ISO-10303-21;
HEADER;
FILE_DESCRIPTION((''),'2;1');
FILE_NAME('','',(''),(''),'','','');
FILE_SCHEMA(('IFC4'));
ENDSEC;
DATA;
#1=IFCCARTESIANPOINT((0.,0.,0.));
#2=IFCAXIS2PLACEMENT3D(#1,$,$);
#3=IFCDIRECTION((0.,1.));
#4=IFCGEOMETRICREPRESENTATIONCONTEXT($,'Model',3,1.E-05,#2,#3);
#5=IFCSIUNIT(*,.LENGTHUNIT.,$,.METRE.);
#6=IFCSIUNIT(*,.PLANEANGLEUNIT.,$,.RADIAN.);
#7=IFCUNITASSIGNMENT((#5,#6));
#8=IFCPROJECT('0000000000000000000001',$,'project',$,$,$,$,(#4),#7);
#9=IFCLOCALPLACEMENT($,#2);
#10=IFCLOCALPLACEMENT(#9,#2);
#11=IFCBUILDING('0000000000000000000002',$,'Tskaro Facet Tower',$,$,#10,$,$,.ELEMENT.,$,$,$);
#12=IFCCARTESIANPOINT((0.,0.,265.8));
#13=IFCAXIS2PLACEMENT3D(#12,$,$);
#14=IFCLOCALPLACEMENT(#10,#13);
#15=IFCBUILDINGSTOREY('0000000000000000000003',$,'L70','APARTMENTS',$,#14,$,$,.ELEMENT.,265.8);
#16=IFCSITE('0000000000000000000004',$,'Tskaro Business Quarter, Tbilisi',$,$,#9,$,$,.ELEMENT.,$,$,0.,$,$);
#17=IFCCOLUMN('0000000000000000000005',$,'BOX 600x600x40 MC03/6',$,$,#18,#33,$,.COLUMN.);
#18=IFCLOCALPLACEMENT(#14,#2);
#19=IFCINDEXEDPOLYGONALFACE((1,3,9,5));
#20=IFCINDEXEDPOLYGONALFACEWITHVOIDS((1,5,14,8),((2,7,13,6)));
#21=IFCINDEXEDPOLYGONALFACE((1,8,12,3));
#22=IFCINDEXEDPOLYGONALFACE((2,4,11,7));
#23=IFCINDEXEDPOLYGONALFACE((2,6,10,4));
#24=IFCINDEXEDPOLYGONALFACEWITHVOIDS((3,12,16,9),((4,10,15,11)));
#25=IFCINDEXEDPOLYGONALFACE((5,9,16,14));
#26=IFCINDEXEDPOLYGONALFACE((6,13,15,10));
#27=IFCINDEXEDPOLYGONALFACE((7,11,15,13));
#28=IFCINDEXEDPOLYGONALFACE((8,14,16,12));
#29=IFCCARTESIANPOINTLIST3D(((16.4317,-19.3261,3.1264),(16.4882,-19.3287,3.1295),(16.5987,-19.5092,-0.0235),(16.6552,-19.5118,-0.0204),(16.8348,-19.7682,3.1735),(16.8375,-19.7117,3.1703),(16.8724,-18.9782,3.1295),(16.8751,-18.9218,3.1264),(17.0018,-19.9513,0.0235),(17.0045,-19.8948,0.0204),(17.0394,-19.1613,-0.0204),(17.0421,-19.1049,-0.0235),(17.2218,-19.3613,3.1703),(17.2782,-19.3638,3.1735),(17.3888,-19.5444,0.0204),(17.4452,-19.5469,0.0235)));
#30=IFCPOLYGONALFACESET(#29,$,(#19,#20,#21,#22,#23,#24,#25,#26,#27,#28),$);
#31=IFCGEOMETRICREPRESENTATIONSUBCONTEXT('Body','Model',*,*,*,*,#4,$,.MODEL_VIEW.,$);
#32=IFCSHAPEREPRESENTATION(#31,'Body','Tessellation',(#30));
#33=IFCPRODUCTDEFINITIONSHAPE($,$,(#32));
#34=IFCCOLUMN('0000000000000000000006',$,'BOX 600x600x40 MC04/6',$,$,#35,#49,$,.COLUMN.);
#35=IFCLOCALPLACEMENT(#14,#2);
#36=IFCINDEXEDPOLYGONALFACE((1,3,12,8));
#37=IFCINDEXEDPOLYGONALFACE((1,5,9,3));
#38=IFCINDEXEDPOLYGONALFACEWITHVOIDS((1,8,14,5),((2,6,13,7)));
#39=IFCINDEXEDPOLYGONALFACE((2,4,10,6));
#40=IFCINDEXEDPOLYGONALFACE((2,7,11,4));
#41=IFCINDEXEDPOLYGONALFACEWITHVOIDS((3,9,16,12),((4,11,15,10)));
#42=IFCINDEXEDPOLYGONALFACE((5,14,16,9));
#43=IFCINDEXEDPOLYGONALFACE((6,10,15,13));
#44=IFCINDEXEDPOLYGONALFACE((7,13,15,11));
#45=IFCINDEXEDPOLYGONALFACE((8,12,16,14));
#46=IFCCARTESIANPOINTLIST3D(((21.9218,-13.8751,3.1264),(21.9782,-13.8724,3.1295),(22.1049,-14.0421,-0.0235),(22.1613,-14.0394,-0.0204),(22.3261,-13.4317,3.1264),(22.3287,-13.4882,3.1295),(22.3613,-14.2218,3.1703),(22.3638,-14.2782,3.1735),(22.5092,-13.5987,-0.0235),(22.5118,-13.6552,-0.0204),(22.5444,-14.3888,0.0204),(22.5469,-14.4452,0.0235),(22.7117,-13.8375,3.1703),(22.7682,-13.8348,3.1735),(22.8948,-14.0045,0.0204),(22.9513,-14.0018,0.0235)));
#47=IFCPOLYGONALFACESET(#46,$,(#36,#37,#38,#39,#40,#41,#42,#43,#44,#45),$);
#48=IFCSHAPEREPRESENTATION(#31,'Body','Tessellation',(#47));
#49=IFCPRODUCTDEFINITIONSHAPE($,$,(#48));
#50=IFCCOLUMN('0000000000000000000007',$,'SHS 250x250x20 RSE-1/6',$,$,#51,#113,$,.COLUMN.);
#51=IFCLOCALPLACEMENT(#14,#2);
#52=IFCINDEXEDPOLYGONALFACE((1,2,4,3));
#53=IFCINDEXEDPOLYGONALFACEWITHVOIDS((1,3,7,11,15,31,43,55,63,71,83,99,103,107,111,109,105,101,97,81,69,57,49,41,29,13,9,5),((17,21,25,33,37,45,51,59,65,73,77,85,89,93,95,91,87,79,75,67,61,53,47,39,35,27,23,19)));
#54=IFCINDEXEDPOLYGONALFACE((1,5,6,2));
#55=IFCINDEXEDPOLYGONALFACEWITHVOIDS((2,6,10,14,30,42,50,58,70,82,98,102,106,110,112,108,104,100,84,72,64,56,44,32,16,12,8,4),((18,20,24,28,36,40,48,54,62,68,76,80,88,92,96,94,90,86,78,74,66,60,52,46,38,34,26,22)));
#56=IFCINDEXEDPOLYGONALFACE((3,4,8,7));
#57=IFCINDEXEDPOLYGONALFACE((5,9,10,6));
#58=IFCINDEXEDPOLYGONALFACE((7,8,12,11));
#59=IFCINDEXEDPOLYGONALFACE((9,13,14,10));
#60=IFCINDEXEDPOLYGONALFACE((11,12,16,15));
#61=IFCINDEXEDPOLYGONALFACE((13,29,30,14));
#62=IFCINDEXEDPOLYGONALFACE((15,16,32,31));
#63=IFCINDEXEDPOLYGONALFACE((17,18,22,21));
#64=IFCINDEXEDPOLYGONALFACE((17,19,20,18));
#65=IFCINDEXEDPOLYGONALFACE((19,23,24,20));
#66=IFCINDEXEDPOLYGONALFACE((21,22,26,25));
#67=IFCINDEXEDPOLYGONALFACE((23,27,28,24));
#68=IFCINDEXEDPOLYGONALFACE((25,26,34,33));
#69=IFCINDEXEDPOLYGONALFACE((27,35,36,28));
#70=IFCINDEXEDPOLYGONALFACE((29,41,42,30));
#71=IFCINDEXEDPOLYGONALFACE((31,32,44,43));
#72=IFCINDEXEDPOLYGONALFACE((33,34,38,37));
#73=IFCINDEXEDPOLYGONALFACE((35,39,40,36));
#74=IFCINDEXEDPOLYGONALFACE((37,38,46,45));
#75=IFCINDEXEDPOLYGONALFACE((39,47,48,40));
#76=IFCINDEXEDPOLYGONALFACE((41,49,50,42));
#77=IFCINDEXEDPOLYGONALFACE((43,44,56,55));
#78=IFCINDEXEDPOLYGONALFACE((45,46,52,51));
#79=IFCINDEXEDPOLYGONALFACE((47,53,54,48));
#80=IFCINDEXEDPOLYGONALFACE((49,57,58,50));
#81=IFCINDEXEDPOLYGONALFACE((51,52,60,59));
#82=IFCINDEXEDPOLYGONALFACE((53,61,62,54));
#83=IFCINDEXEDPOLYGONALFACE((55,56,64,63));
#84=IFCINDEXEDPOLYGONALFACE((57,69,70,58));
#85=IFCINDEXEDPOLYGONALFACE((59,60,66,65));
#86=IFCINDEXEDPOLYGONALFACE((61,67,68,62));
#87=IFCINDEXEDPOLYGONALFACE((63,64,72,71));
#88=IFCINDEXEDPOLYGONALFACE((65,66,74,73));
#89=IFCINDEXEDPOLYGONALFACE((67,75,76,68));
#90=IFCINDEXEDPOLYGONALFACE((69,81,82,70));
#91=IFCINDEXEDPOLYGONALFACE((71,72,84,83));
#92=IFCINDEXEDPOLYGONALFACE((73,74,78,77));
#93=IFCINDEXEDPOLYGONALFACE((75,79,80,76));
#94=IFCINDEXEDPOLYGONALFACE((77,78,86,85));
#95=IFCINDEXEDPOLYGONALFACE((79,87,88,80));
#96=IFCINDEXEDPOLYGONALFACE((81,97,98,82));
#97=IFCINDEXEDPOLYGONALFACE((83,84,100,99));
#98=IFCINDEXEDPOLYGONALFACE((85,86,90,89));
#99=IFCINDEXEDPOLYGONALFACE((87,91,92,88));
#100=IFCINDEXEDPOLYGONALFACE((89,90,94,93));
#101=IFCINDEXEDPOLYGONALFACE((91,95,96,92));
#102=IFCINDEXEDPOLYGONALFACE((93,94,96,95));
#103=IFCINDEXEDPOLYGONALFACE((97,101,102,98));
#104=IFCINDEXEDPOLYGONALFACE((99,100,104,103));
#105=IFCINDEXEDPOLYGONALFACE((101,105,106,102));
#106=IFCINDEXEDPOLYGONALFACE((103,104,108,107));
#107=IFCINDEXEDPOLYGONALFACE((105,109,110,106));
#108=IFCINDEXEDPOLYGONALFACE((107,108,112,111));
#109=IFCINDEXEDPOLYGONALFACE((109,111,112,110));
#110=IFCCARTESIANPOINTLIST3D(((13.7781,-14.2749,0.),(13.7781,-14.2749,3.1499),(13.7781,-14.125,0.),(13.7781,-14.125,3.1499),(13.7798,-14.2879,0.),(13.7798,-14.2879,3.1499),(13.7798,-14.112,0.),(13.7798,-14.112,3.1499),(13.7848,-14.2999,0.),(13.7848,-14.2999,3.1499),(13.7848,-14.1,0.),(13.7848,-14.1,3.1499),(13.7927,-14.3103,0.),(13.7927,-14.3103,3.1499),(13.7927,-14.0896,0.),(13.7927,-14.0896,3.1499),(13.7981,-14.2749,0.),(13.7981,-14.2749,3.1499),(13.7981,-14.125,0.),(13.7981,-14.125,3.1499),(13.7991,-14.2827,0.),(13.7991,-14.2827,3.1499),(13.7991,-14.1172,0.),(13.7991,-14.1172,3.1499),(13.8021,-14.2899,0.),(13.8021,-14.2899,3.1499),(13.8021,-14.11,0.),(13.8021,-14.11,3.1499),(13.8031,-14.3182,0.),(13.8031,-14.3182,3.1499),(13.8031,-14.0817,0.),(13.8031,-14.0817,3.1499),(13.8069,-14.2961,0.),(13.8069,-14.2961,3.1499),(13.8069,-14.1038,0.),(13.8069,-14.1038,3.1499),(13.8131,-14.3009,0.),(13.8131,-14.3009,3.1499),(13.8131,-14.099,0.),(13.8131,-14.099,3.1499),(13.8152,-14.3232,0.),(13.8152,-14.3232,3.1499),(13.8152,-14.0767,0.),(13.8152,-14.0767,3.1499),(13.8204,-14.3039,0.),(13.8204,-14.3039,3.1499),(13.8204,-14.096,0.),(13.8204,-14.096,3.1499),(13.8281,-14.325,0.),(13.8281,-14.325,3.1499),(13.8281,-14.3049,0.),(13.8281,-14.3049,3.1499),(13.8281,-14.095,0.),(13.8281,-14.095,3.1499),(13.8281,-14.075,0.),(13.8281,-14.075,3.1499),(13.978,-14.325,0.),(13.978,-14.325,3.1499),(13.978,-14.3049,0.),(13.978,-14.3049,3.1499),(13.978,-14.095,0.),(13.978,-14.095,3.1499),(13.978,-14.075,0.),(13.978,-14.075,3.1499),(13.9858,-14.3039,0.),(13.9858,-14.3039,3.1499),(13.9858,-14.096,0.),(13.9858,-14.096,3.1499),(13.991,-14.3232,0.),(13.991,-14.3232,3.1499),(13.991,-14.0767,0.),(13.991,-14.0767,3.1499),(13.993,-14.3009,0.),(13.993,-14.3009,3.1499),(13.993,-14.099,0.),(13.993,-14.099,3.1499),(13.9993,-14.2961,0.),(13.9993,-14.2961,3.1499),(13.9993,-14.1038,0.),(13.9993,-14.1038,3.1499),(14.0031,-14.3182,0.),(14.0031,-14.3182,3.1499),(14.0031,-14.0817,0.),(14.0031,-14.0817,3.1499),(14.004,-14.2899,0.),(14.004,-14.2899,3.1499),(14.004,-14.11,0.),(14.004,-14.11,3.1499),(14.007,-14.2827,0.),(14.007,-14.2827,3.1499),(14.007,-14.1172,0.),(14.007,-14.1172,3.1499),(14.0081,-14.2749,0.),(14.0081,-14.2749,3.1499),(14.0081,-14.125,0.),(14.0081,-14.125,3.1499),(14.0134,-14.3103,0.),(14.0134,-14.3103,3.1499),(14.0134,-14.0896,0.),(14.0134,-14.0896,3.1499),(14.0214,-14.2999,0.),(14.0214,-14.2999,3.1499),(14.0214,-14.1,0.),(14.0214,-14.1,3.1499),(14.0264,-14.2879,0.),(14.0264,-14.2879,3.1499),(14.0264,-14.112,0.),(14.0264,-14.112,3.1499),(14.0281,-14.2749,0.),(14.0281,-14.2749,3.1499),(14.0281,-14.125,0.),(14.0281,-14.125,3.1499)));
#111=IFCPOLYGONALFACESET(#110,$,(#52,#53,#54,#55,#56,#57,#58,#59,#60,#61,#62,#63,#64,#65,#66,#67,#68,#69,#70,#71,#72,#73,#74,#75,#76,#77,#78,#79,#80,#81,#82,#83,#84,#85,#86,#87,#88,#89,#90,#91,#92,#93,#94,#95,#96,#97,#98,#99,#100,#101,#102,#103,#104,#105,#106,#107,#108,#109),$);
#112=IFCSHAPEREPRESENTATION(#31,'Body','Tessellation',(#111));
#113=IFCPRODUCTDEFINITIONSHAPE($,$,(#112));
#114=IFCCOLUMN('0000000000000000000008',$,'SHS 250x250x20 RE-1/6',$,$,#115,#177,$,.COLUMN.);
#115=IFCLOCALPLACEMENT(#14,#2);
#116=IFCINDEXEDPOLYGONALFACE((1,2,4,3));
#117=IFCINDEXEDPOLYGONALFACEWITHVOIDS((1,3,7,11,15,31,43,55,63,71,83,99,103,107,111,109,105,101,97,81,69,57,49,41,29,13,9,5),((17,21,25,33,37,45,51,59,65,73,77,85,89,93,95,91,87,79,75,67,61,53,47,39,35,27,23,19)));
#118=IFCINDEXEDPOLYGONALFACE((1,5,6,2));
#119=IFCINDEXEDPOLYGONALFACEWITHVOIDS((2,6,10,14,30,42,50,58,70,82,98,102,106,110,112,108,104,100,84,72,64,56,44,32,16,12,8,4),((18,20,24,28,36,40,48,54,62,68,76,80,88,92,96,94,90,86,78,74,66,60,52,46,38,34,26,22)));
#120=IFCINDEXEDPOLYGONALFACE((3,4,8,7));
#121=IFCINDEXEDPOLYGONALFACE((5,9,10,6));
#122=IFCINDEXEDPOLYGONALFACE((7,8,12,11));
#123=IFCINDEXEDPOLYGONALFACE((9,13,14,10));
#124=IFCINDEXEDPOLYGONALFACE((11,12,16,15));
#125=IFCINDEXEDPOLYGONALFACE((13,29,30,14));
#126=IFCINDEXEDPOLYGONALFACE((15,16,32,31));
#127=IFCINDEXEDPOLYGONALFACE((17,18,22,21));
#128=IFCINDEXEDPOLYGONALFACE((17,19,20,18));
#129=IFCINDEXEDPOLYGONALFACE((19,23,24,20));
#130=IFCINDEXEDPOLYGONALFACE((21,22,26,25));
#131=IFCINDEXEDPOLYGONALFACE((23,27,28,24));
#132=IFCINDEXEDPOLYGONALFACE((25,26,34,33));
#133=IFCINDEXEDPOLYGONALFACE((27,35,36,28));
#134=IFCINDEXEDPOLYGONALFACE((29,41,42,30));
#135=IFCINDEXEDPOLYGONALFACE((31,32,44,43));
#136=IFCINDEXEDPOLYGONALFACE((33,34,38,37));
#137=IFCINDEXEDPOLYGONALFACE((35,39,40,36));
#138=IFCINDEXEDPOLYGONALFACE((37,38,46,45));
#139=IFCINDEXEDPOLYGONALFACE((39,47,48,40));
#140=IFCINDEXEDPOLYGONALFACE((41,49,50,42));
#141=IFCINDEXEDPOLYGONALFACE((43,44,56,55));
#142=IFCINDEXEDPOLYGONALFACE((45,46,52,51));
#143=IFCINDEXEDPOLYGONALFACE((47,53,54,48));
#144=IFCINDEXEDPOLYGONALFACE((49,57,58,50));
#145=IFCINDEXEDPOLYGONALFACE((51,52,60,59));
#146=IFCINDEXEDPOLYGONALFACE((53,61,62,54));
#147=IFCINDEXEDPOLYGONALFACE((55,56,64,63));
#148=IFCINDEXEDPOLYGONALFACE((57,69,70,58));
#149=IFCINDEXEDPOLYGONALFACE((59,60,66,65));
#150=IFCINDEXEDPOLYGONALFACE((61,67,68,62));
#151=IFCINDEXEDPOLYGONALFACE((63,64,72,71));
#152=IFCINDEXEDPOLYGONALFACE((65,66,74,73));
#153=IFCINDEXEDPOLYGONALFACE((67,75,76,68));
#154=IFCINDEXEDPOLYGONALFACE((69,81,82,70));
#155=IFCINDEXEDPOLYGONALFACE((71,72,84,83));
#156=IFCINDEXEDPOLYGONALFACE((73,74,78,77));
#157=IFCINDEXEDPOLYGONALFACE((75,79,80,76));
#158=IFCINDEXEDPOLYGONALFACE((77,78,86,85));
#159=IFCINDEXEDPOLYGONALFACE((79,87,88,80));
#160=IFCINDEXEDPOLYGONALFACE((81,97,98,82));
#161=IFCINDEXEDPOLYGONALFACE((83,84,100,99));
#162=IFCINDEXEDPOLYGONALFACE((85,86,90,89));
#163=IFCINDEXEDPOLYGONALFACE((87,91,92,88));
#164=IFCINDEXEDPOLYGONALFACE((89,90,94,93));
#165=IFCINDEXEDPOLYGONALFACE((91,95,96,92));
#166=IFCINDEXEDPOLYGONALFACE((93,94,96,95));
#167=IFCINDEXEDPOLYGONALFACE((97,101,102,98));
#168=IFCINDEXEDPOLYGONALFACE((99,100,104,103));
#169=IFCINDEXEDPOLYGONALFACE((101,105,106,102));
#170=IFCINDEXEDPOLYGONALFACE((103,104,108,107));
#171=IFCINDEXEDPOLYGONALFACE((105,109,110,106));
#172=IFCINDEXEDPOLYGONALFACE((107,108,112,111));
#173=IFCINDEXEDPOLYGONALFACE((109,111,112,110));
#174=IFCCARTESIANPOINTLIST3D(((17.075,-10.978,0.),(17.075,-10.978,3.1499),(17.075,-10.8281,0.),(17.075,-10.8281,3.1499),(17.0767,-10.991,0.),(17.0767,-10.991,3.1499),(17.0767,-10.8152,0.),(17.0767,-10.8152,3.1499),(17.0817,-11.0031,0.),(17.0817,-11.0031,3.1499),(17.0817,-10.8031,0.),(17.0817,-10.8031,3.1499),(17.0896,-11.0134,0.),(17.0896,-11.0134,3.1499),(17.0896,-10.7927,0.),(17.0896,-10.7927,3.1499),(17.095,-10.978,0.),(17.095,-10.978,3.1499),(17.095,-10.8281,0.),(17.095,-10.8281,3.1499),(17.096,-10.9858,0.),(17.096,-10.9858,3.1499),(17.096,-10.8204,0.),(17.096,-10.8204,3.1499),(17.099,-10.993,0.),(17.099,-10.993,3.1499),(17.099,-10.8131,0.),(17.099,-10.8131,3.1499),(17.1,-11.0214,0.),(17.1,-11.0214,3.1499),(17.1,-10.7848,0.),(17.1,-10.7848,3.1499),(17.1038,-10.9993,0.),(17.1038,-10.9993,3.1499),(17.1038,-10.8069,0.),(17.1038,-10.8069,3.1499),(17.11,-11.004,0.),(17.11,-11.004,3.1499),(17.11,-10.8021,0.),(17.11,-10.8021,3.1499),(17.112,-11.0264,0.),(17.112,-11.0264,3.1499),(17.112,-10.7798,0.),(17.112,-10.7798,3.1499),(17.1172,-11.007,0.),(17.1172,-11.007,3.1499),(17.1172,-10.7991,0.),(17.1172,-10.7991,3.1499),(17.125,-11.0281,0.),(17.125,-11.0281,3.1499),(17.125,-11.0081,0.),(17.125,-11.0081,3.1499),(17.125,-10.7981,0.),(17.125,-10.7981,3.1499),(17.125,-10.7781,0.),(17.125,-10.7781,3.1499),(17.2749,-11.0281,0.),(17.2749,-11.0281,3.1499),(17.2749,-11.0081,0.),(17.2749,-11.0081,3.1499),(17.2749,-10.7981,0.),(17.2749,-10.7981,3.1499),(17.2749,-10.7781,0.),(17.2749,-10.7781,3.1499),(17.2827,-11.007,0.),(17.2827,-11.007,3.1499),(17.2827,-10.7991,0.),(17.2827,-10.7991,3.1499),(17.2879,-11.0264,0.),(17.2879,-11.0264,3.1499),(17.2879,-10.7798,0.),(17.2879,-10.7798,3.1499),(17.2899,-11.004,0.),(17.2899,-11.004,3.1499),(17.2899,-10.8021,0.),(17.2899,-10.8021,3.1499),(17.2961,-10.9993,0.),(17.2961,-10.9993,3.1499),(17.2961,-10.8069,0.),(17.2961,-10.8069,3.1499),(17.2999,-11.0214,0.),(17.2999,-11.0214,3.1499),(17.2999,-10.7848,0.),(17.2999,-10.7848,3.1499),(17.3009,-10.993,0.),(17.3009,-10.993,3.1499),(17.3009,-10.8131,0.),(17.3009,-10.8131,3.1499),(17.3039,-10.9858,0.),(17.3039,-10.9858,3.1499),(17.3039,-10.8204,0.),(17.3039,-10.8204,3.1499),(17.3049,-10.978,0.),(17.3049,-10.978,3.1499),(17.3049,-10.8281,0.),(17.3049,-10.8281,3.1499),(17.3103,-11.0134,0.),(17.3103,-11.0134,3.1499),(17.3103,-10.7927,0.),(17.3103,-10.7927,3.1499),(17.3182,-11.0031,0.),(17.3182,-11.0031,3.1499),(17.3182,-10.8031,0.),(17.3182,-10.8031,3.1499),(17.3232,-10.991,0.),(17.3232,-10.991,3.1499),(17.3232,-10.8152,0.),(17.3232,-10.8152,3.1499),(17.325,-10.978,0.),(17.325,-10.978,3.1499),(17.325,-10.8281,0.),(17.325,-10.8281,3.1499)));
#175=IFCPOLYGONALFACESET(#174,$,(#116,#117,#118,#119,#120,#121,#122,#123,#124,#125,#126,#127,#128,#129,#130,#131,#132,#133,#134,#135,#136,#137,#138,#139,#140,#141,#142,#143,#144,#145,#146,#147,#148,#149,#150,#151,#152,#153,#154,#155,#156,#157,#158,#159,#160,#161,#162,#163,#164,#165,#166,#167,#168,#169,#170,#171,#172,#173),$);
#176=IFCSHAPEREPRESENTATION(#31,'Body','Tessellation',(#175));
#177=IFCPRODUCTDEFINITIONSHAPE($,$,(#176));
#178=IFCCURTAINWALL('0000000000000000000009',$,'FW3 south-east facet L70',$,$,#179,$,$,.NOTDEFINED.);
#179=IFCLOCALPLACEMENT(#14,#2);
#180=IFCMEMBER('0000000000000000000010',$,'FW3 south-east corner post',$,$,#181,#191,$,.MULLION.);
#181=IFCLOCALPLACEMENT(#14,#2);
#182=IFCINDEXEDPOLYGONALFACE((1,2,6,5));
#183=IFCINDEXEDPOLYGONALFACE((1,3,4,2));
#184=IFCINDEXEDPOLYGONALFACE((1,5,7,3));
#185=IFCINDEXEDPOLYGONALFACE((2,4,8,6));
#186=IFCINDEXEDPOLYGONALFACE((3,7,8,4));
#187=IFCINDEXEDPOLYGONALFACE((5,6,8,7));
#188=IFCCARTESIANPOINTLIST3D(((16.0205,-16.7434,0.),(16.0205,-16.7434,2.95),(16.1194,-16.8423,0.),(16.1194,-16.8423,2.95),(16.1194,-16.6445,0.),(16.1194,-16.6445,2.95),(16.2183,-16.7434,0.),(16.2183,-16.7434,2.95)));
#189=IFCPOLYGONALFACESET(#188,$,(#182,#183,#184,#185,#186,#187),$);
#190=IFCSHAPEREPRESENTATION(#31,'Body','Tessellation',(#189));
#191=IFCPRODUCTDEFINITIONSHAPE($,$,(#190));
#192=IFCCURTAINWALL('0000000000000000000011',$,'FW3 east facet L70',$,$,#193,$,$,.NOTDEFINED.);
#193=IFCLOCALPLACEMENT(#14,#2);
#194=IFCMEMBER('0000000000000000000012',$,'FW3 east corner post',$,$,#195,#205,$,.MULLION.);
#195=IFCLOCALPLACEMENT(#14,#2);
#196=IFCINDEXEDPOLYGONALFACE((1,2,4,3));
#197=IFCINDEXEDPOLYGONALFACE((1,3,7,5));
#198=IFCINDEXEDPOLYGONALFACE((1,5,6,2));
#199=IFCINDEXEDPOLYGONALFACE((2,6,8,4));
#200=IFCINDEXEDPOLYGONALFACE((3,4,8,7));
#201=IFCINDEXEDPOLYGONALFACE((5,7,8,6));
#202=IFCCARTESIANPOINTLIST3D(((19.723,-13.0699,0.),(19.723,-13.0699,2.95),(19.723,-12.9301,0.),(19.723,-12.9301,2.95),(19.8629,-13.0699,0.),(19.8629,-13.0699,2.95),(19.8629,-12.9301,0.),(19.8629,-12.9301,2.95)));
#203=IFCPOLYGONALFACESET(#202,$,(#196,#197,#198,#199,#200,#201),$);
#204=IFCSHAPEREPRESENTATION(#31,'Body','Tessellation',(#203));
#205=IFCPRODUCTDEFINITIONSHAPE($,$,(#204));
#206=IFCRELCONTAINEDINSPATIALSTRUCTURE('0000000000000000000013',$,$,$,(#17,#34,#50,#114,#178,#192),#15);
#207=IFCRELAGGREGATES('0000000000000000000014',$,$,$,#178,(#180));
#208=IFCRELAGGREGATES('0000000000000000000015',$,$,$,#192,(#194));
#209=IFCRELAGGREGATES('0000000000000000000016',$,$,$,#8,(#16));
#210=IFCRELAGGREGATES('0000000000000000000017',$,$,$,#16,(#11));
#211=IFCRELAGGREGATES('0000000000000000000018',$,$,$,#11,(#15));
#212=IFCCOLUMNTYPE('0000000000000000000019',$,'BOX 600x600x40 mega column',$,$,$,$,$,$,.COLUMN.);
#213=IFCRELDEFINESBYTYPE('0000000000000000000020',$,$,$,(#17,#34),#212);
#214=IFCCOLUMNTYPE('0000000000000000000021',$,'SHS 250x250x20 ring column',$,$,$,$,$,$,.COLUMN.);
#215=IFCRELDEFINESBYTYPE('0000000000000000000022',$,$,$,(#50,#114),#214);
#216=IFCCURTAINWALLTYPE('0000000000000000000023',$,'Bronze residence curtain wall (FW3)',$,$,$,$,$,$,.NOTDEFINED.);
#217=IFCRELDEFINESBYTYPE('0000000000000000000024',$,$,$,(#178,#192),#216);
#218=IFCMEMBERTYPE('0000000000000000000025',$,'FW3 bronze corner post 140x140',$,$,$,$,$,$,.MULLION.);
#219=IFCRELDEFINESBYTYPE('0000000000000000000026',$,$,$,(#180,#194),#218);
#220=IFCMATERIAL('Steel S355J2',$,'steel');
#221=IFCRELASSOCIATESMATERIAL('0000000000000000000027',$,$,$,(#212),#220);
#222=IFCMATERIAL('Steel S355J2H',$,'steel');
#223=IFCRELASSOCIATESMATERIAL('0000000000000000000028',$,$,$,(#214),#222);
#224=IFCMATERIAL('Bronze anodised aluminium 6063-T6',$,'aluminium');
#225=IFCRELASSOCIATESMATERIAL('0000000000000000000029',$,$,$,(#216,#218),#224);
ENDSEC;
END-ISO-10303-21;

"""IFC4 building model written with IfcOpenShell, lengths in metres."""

from ifc_helpers import new_model, si_unit, direction, frame, origin, origin_2d, place, context, subcontext, project, spatial, rectangle, hollow_rectangle, extrude, material, material_profile, profile_set, type_object, element, aggregate, save


model = new_model("IFC4")

# Units and contexts
model_context = context("Model", 3, precision=1e-05, world=origin(), true_north=direction((0.0, 1.0)))
body_context = subcontext(model_context, "Body", "Model", "MODEL_VIEW")
ifc_project = project(units=[si_unit("LENGTHUNIT", "METRE"), si_unit("PLANEANGLEUNIT", "RADIAN")], contexts=[model_context])

# Site, building, storey
site_placement = place(None, origin())
site = spatial("IfcSite", under=ifc_project, at=site_placement, Name="Tskaro Business Quarter, Tbilisi", CompositionType="ELEMENT", RefElevation=0.0)
building_placement = place(site_placement, origin())
building = spatial("IfcBuilding", under=site, at=building_placement, Name="Tskaro Facet Tower", CompositionType="ELEMENT")
storey_placement = place(building_placement, frame((0.0, 0.0, 265.8)))
storey = spatial("IfcBuildingStorey", under=building, at=storey_placement, Name="L70", Description="APARTMENTS", CompositionType="ELEMENT", Elevation=265.8)

# Columns
ifc_material_1 = material(Name="Steel S355J2", Category="steel")
ifc_material_profile_1 = material_profile(ifc_material_1, hollow_rectangle(XDim=0.6001, YDim=0.6001, WallThickness=0.04, at=origin_2d()), Name="BOX 600x600x40")
ifc_profile_set_1 = profile_set([ifc_material_profile_1], Name="Steel S355J2")
column_type_1 = type_object("IfcColumnType", Name="BOX 600x600x40 mega column", PredefinedType="COLUMN", material=ifc_profile_set_1)
for number, where, z_axis, x_axis, name in (
    (1, (17.022, -19.5281, 0.0), (-0.052852, 0.057951, 0.996919), (-0.738869, -0.673849, 0.0), "BOX 600x600x40 MC03/6"),
    (2, (22.5281, -14.022, 0.0), (-0.057951, 0.052852, 0.996919), (-0.673849, -0.738869, 0.0), "BOX 600x600x40 MC04/6"),
):
    element("IfcColumn", number, at=place(storey_placement, frame(where, z_axis=z_axis, x_axis=x_axis)), inside=storey, type_object=column_type_1, Name=name, PredefinedType="COLUMN", context=body_context, shape_type="SweptSolid", body=[
        extrude(hollow_rectangle(XDim=0.6001, YDim=0.6001, WallThickness=0.04, at=origin_2d()), origin(), (0.0, 0.0, 1.0), 3.1597),
    ])
ifc_material_2 = material(Name="Steel S355J2H", Category="steel")
ifc_material_profile_2 = material_profile(ifc_material_2, hollow_rectangle(XDim=0.25, YDim=0.25, WallThickness=0.02, InnerFilletRadius=0.03, OuterFilletRadius=0.05, at=origin_2d()), Name="SHS 250x250x20")
ifc_profile_set_2 = profile_set([ifc_material_profile_2], Name="Steel S355J2H")
column_type_2 = type_object("IfcColumnType", Name="SHS 250x250x20 ring column", PredefinedType="COLUMN", material=ifc_profile_set_2)
for number, where, z_axis, x_axis, name in (
    (3, (13.9031, -14.2, 0.0), (0.0, 0.0, 1.0), (1.0, 0.0, 0.0), "SHS 250x250x20 RSE-1/6"),
    (4, (17.2, -10.9031, 0.0), (0.0, 0.0, 1.0), (1.0, 0.0, 0.0), "SHS 250x250x20 RE-1/6"),
):
    element("IfcColumn", number, at=place(storey_placement, frame(where, z_axis=z_axis, x_axis=x_axis)), inside=storey, type_object=column_type_2, Name=name, PredefinedType="COLUMN", context=body_context, shape_type="SweptSolid", body=[
        extrude(hollow_rectangle(XDim=0.25, YDim=0.25, WallThickness=0.02, InnerFilletRadius=0.03, OuterFilletRadius=0.05, at=origin_2d()), origin(), (0.0, 0.0, 1.0), 3.1499),
    ])

# Curtain walls, members
ifc_material_3 = material(Name="Bronze anodised aluminium 6063-T6", Category="aluminium")
curtain_wall_type = type_object("IfcCurtainWallType", Name="Bronze residence curtain wall (FW3)", PredefinedType="NOTDEFINED", material=ifc_material_3)
curtain_wall_1_placement = place(storey_placement, origin())
curtain_wall_1 = element("IfcCurtainWall", 5, at=curtain_wall_1_placement, inside=storey, type_object=curtain_wall_type, Name="FW3 south-east facet L70", PredefinedType="NOTDEFINED")
ifc_material_profile_3 = material_profile(ifc_material_3, rectangle(XDim=0.1399, YDim=0.1399, at=origin_2d()), Name="Corner post 140x140")
ifc_profile_set_3 = profile_set([ifc_material_profile_3], Name="Bronze anodised aluminium 6063-T6")
member_type_1 = type_object("IfcMemberType", Name="FW3 bronze corner post 140x140", PredefinedType="MULLION", material=ifc_profile_set_3)
member_1_placement = place(storey_placement, frame((16.1194, -16.7434, 0.0), z_axis=(0.0, 0.0, 1.0), x_axis=(0.707107, 0.707107, 0.0)))
member_1 = element("IfcMember", 6, at=member_1_placement, type_object=member_type_1, Name="FW3 south-east corner post", PredefinedType="MULLION", context=body_context, shape_type="SweptSolid", body=[
    extrude(rectangle(XDim=0.1399, YDim=0.1399, at=origin_2d()), origin(), (0.0, 0.0, 1.0), 2.95),
])
curtain_wall_2_placement = place(storey_placement, origin())
curtain_wall_2 = element("IfcCurtainWall", 7, at=curtain_wall_2_placement, inside=storey, type_object=curtain_wall_type, Name="FW3 east facet L70", PredefinedType="NOTDEFINED")
member_2_placement = place(storey_placement, frame((19.793, -13.0, 0.0), z_axis=(0.0, 0.0, 1.0), x_axis=(0.0, 1.0, 0.0)))
member_2 = element("IfcMember", 8, at=member_2_placement, type_object=member_type_1, Name="FW3 east corner post", PredefinedType="MULLION", context=body_context, shape_type="SweptSolid", body=[
    extrude(rectangle(XDim=0.1399, YDim=0.1399, at=origin_2d()), origin(), (0.0, 0.0, 1.0), 2.95),
])

aggregate(curtain_wall_1, [member_1])
aggregate(curtain_wall_2, [member_2])

save(model, "model.ifc")
